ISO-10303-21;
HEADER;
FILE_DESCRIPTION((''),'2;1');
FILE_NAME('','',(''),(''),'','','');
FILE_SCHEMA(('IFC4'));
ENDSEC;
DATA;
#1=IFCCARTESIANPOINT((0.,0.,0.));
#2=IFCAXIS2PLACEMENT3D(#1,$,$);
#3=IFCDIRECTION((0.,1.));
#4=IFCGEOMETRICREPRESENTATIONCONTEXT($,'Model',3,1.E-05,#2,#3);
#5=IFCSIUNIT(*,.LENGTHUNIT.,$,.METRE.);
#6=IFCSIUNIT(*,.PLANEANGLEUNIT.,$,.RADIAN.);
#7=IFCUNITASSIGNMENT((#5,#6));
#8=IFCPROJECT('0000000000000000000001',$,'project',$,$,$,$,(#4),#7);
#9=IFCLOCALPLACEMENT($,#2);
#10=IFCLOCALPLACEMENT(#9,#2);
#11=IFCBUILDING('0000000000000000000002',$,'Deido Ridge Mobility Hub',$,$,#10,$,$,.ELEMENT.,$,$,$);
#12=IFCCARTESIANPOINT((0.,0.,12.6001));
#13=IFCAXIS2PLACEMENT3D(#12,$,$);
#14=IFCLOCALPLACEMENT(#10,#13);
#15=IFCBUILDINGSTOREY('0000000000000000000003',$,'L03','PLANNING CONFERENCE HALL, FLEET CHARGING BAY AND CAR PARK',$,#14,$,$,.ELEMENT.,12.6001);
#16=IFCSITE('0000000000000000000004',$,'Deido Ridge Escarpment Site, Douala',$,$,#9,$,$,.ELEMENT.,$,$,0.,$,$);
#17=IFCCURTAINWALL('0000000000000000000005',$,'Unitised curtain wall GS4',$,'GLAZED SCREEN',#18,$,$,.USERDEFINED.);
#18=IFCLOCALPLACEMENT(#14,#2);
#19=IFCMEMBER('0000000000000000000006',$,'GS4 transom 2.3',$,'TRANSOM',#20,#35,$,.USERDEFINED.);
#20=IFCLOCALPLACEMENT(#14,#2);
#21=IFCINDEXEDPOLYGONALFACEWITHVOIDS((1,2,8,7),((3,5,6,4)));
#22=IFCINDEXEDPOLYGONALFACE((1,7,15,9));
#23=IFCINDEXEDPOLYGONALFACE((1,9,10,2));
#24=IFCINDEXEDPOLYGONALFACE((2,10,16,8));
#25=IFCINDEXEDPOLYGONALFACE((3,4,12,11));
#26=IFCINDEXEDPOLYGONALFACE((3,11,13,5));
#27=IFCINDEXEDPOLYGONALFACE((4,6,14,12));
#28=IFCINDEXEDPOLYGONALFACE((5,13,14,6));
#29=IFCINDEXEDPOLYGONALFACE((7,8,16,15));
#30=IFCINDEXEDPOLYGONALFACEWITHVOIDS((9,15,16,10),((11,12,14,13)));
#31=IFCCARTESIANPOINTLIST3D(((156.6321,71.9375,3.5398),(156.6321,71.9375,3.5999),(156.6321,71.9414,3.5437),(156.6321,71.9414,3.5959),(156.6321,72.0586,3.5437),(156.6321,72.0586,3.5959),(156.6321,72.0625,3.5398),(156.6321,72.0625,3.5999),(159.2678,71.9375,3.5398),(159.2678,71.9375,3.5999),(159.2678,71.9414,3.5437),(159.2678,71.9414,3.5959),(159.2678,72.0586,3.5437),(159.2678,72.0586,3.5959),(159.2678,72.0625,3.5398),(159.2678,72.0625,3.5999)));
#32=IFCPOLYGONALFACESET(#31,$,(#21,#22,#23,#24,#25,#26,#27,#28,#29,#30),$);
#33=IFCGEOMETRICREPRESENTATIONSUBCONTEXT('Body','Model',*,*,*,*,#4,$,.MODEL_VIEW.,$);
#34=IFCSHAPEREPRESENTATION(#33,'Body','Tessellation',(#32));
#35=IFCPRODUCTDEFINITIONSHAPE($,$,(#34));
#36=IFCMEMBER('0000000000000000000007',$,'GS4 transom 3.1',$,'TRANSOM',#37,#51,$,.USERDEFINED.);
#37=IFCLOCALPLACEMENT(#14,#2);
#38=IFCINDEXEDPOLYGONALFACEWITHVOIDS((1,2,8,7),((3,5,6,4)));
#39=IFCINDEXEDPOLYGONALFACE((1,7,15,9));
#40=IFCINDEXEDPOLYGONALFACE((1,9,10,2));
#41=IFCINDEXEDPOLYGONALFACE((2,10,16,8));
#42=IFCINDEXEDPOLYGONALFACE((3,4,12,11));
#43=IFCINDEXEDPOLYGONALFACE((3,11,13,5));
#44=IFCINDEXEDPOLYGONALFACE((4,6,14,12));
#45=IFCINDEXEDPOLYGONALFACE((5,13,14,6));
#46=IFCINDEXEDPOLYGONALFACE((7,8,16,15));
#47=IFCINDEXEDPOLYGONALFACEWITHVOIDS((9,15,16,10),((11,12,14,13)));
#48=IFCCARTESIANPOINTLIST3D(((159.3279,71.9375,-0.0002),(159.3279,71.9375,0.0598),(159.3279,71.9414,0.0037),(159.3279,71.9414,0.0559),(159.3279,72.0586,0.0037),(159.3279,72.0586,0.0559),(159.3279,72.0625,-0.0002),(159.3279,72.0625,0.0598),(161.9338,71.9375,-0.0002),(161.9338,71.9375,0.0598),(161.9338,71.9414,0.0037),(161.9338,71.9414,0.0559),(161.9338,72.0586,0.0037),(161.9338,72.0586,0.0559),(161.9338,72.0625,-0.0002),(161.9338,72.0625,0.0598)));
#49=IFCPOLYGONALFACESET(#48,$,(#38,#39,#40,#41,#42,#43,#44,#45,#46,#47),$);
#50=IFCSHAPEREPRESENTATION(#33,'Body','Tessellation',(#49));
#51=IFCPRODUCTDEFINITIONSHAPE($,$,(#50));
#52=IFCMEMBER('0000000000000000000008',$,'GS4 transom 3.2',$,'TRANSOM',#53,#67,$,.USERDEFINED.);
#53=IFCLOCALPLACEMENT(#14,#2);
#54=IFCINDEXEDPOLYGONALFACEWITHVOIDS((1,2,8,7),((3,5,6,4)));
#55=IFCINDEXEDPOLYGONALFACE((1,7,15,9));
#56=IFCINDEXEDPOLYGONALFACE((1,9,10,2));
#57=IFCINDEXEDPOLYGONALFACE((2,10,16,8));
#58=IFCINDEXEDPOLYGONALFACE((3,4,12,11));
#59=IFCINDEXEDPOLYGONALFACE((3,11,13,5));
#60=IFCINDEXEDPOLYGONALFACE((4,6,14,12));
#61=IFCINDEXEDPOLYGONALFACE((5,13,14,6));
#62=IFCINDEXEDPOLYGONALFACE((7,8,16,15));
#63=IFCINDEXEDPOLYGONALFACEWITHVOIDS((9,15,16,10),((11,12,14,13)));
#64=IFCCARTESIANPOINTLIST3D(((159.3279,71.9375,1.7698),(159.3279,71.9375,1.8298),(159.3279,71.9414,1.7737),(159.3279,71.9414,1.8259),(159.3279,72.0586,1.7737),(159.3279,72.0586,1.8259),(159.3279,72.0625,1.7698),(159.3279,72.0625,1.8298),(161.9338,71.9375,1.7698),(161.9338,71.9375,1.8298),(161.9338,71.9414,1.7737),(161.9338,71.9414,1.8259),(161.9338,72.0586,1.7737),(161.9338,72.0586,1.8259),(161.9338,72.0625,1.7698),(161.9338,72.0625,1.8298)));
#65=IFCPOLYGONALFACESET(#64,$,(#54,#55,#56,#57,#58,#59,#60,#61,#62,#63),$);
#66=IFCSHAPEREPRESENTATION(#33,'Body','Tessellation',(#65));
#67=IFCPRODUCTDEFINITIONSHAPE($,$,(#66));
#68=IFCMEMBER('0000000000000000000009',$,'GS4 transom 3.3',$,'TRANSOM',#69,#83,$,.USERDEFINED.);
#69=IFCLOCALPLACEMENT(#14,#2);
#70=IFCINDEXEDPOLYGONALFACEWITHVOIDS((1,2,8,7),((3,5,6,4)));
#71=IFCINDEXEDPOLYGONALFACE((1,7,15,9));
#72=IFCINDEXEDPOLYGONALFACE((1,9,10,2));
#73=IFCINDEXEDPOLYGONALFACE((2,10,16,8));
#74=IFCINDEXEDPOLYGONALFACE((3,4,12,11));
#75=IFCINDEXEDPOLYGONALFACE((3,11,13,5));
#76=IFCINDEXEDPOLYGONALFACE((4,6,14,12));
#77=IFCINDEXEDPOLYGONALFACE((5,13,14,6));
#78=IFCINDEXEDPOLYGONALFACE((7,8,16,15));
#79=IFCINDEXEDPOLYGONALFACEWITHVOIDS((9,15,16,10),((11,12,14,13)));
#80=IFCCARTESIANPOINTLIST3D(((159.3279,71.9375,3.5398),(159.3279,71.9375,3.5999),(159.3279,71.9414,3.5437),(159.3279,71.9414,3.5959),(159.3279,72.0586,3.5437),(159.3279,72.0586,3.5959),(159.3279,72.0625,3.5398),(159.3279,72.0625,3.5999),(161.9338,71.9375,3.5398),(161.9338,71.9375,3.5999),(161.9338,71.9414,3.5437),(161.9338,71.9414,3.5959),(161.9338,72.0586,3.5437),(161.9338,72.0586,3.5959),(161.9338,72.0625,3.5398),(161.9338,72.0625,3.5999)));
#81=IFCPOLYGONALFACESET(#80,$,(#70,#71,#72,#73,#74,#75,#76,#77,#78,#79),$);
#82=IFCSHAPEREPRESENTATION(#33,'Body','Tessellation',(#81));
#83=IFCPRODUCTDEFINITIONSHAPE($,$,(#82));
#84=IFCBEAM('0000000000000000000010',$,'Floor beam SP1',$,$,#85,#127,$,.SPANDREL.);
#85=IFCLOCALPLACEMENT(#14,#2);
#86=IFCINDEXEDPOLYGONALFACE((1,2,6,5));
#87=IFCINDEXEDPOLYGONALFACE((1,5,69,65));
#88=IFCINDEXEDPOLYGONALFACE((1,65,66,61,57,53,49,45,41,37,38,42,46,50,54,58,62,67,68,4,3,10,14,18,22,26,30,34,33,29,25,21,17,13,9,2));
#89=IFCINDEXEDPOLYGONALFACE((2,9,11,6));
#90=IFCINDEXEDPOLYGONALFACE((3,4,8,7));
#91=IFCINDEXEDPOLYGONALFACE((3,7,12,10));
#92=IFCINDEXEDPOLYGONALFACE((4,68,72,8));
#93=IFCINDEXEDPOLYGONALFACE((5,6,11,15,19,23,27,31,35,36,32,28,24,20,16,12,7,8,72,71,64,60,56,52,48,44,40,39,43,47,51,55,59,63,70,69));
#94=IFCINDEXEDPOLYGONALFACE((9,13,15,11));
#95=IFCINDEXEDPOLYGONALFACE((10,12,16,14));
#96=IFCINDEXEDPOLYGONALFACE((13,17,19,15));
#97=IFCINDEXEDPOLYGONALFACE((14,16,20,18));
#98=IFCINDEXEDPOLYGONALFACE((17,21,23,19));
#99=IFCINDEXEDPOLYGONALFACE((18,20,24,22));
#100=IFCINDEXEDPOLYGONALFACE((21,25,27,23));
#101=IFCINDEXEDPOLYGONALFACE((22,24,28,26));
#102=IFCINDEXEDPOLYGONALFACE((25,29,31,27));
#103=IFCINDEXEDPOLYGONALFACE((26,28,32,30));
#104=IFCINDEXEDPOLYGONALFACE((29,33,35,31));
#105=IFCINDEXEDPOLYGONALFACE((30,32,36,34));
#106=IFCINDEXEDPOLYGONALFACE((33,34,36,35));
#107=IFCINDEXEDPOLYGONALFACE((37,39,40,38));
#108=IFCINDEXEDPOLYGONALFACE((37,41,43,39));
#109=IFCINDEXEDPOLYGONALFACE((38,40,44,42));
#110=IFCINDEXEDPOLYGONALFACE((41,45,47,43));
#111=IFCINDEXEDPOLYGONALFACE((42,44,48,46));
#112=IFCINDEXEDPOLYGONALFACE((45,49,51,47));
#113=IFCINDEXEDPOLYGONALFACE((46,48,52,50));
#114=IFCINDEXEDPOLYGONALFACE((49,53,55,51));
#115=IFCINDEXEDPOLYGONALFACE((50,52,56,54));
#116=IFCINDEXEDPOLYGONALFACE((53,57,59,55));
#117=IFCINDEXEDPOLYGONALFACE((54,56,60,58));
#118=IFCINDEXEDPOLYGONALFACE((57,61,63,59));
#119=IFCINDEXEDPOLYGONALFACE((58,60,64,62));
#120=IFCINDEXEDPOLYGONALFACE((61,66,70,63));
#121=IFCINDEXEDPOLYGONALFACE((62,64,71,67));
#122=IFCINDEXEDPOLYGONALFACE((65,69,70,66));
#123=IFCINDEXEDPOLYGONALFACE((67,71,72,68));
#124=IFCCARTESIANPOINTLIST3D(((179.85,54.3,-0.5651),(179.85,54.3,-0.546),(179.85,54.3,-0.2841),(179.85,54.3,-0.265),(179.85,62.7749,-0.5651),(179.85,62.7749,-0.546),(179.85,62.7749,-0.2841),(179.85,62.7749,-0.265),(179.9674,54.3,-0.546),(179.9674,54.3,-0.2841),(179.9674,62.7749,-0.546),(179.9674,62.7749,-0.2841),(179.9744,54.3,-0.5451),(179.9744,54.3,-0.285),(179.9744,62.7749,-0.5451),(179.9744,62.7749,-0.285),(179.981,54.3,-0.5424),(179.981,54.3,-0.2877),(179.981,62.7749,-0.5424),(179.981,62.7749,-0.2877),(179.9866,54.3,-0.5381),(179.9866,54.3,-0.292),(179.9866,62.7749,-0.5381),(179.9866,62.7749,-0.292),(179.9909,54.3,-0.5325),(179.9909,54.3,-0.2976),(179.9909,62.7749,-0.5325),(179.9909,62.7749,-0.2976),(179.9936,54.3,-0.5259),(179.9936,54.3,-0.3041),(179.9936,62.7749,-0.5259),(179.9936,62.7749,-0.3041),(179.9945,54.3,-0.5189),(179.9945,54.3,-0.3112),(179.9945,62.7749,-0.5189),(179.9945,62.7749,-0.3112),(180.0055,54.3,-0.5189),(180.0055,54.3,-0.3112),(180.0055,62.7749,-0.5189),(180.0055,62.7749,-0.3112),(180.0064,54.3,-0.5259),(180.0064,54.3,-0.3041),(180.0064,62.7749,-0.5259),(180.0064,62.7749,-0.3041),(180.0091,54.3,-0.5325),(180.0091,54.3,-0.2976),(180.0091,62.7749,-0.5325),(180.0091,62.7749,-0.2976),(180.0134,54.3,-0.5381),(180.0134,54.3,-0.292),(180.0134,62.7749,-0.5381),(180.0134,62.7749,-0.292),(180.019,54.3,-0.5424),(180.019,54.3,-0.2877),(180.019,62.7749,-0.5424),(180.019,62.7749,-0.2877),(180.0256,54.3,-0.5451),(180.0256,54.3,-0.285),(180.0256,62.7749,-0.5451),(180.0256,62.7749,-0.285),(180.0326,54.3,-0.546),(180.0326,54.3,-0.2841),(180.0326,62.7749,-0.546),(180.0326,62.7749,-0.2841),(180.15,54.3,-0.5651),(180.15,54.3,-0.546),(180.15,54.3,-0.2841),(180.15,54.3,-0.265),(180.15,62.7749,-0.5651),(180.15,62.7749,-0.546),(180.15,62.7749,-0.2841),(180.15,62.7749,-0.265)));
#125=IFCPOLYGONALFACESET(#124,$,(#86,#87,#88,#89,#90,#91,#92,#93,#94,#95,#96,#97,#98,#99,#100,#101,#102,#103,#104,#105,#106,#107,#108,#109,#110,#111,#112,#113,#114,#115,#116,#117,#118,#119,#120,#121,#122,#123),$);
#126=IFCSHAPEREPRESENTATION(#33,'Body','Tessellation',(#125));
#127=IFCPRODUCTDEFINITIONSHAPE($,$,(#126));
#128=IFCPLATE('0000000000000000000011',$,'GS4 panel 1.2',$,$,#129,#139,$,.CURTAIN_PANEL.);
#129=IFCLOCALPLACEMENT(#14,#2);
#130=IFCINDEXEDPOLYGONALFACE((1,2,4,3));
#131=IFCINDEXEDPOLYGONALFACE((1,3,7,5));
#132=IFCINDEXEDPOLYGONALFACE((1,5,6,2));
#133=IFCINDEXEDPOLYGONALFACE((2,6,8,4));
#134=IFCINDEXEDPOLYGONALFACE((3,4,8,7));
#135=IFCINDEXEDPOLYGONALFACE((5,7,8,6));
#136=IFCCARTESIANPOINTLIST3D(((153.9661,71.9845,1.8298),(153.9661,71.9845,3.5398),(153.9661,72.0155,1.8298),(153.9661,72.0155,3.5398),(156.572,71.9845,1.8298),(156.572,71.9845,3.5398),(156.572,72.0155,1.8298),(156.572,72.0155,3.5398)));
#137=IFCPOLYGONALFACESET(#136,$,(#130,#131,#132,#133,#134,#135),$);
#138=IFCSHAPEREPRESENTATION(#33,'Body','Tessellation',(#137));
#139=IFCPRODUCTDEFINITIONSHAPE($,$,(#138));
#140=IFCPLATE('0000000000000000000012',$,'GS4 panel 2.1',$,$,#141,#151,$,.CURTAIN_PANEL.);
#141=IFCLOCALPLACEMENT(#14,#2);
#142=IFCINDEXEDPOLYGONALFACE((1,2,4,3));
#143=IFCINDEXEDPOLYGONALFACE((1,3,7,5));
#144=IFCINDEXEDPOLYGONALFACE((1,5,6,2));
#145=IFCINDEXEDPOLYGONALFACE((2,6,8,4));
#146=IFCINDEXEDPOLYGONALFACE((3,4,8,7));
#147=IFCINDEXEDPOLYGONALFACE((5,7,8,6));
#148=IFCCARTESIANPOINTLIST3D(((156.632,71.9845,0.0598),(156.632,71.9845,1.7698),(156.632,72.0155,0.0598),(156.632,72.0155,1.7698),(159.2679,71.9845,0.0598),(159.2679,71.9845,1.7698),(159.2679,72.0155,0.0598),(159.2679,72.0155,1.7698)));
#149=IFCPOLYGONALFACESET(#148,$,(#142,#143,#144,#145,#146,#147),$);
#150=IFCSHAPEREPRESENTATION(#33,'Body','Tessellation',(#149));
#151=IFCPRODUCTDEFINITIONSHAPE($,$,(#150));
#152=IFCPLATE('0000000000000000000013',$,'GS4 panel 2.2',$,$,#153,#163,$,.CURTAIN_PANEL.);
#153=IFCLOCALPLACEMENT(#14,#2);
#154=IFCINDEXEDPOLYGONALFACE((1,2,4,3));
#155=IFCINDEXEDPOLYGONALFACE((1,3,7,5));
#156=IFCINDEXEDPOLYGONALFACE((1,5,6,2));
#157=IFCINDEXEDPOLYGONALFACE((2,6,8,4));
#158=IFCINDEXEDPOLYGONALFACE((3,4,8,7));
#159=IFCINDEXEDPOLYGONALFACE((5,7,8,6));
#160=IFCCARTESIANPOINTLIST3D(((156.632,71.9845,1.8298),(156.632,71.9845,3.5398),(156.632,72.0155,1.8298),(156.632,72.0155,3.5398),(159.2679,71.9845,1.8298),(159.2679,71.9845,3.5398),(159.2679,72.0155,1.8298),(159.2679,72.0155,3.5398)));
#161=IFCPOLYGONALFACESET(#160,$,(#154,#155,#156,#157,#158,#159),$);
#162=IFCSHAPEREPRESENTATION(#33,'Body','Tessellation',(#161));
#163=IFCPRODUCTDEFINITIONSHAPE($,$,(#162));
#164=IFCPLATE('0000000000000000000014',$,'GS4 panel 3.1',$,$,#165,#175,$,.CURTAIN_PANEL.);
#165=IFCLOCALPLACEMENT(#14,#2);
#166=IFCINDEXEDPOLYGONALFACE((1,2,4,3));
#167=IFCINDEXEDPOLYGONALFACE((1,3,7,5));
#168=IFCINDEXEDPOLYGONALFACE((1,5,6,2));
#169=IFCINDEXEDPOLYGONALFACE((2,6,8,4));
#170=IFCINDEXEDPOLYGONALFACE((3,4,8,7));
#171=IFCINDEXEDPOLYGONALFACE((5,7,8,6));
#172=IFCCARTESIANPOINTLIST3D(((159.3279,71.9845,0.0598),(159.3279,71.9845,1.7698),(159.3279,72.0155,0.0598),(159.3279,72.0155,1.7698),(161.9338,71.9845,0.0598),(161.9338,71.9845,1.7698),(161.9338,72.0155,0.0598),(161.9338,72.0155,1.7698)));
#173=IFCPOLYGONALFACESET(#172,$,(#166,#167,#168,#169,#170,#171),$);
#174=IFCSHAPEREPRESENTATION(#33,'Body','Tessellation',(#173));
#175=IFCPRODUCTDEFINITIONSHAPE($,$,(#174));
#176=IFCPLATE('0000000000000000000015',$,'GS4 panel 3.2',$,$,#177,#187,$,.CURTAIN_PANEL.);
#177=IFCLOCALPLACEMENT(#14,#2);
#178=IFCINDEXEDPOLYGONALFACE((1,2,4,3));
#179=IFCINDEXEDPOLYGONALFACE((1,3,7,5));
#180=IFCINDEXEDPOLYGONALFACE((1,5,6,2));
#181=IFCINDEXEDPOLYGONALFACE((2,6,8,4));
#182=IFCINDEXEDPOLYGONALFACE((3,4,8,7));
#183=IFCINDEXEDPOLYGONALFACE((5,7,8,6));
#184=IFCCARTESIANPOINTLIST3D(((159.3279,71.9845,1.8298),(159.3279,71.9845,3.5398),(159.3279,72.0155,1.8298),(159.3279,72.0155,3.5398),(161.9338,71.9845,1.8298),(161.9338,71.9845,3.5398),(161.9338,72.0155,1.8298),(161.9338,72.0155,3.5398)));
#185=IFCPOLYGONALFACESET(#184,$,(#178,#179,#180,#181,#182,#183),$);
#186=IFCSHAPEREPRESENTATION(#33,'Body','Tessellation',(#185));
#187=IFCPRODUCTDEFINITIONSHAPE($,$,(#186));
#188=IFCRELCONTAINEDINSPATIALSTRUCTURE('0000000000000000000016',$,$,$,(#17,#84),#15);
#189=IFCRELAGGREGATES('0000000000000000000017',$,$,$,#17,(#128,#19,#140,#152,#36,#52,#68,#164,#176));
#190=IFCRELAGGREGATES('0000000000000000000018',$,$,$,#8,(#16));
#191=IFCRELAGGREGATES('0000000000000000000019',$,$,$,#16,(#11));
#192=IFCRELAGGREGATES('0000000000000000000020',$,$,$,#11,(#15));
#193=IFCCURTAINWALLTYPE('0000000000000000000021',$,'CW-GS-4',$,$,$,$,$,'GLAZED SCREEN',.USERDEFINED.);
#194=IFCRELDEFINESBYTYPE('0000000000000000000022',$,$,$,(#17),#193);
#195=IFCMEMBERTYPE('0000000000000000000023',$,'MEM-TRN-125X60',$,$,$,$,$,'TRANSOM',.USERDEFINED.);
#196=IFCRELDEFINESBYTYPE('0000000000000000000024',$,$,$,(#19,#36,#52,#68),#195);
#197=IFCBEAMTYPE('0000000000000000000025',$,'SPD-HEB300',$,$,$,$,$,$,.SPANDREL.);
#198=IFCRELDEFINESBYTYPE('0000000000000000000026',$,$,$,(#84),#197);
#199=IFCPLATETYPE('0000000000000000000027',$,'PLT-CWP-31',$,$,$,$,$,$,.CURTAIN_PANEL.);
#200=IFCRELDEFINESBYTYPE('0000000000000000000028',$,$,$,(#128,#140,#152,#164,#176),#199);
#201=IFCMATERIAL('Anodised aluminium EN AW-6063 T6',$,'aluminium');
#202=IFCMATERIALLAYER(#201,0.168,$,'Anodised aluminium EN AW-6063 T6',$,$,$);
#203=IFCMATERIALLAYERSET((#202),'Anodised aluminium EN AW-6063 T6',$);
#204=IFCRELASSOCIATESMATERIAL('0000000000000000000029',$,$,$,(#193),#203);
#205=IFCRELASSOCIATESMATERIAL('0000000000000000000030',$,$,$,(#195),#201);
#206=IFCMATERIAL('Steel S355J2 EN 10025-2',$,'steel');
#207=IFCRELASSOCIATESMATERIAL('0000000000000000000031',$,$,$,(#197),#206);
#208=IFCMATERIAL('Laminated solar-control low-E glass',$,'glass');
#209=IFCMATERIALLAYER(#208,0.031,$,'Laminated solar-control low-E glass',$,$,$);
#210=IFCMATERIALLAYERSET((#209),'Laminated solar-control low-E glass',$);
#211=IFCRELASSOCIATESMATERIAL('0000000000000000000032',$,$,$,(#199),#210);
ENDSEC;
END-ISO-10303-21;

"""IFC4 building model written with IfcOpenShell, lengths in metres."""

from ifc_helpers import new_model, si_unit, direction, frame, origin, origin_2d, place, context, subcontext, project, spatial, rectangle, hollow_rectangle, i_section, extrude, material, layer, layer_set, material_profile, profile_set, type_object, element, aggregate, save


model = new_model("IFC4")

# Units and contexts
model_context = context("Model", 3, precision=1e-05, world=origin(), true_north=direction((0.0, 1.0)))
body_context = subcontext(model_context, "Body", "Model", "MODEL_VIEW")
ifc_project = project(units=[si_unit("LENGTHUNIT", "METRE"), si_unit("PLANEANGLEUNIT", "RADIAN")], contexts=[model_context])

# Site, building, storey
site_placement = place(None, origin())
site = spatial("IfcSite", under=ifc_project, at=site_placement, Name="Deido Ridge Escarpment Site, Douala", CompositionType="ELEMENT", RefElevation=0.0)
building_placement = place(site_placement, origin())
building = spatial("IfcBuilding", under=site, at=building_placement, Name="Deido Ridge Mobility Hub", CompositionType="ELEMENT")
storey_placement = place(building_placement, frame((0.0, 0.0, 12.6001)))
storey = spatial("IfcBuildingStorey", under=building, at=storey_placement, Name="L03", Description="PLANNING CONFERENCE HALL, FLEET CHARGING BAY AND CAR PARK", CompositionType="ELEMENT", Elevation=12.6001)

# Shared definitions
ifc_material_1 = material(Name="Steel S355J2 EN 10025-2", Category="steel")

# Curtain wall, members
ifc_material_2 = material(Name="Anodised aluminium EN AW-6063 T6", Category="aluminium")
ifc_layer_1 = layer(ifc_material_2, 0.168, Name="Anodised aluminium EN AW-6063 T6")
ifc_layer_set_1 = layer_set([ifc_layer_1], Name="Anodised aluminium EN AW-6063 T6")
curtain_wall_type = type_object("IfcCurtainWallType", Name="CW-GS-4", ElementType="GLAZED SCREEN", PredefinedType="USERDEFINED", material=ifc_layer_set_1)
curtain_wall_placement = place(storey_placement, origin())
curtain_wall = element("IfcCurtainWall", 1, at=curtain_wall_placement, inside=storey, type_object=curtain_wall_type, Name="Unitised curtain wall GS4", ObjectType="GLAZED SCREEN", PredefinedType="USERDEFINED")
ifc_material_profile_1 = material_profile(ifc_material_2, hollow_rectangle(XDim=0.125, YDim=0.0601, WallThickness=0.0039, at=origin_2d()), Name="RHS 125x60x4")
ifc_profile_set_1 = profile_set([ifc_material_profile_1], Name="Anodised aluminium EN AW-6063 T6")
member_type_1 = type_object("IfcMemberType", Name="MEM-TRN-125X60", ElementType="TRANSOM", PredefinedType="USERDEFINED", material=ifc_profile_set_1)
member_1_placement = place(storey_placement, frame((156.6321, 72.0, 3.5698), z_axis=(1.0, 0.0, 0.0), x_axis=(0.0, 1.0, 0.0)))
member_1 = element("IfcMember", 2, at=member_1_placement, type_object=member_type_1, Name="GS4 transom 2.3", ObjectType="TRANSOM", PredefinedType="USERDEFINED", context=body_context, shape_type="SweptSolid", body=[
    extrude(hollow_rectangle(XDim=0.125, YDim=0.0601, WallThickness=0.0039, at=origin_2d()), origin(), (0.0, 0.0, 1.0), 2.6357),
])
member_2_placement = place(storey_placement, frame((159.3279, 72.0, 0.0298), z_axis=(1.0, 0.0, 0.0), x_axis=(0.0, 1.0, 0.0)))
member_2 = element("IfcMember", 3, at=member_2_placement, type_object=member_type_1, Name="GS4 transom 3.1", ObjectType="TRANSOM", PredefinedType="USERDEFINED", context=body_context, shape_type="SweptSolid", body=[
    extrude(hollow_rectangle(XDim=0.125, YDim=0.0601, WallThickness=0.0039, at=origin_2d()), origin(), (0.0, 0.0, 1.0), 2.606),
])
member_3_placement = place(storey_placement, frame((159.3279, 72.0, 1.7998), z_axis=(1.0, 0.0, 0.0), x_axis=(0.0, 1.0, 0.0)))
member_3 = element("IfcMember", 4, at=member_3_placement, type_object=member_type_1, Name="GS4 transom 3.2", ObjectType="TRANSOM", PredefinedType="USERDEFINED", context=body_context, shape_type="SweptSolid", body=[
    extrude(hollow_rectangle(XDim=0.125, YDim=0.0601, WallThickness=0.0039, at=origin_2d()), origin(), (0.0, 0.0, 1.0), 2.606),
])
member_4_placement = place(storey_placement, frame((159.3279, 72.0, 3.5698), z_axis=(1.0, 0.0, 0.0), x_axis=(0.0, 1.0, 0.0)))
member_4 = element("IfcMember", 5, at=member_4_placement, type_object=member_type_1, Name="GS4 transom 3.3", ObjectType="TRANSOM", PredefinedType="USERDEFINED", context=body_context, shape_type="SweptSolid", body=[
    extrude(hollow_rectangle(XDim=0.125, YDim=0.0601, WallThickness=0.0039, at=origin_2d()), origin(), (0.0, 0.0, 1.0), 2.606),
])

# Beam
ifc_material_profile_2 = material_profile(ifc_material_1, i_section(OverallWidth=0.3, OverallDepth=0.3, WebThickness=0.011, FlangeThickness=0.019, FilletRadius=0.0271, at=origin_2d()), Name="HEB 300")
ifc_profile_set_2 = profile_set([ifc_material_profile_2], Name="Steel S355J2 EN 10025-2")
beam_type_1 = type_object("IfcBeamType", Name="SPD-HEB300", PredefinedType="SPANDREL", material=ifc_profile_set_2)
beam_1_placement = place(storey_placement, frame((180.0, 54.3, -0.415), z_axis=(0.0, 1.0, 0.0), x_axis=(-1.0, 0.0, 0.0)))
element("IfcBeam", 6, at=beam_1_placement, inside=storey, type_object=beam_type_1, Name="Floor beam SP1", PredefinedType="SPANDREL", context=body_context, shape_type="SweptSolid", body=[
    extrude(i_section(OverallWidth=0.3, OverallDepth=0.3, WebThickness=0.011, FlangeThickness=0.019, FilletRadius=0.0271, at=origin_2d()), origin(), (0.0, 0.0, 1.0), 8.4749),
])

# Plates
ifc_material_3 = material(Name="Laminated solar-control low-E glass", Category="glass")
ifc_layer_2 = layer(ifc_material_3, 0.031, Name="Laminated solar-control low-E glass")
ifc_layer_set_2 = layer_set([ifc_layer_2], Name="Laminated solar-control low-E glass")
plate_type = type_object("IfcPlateType", Name="PLT-CWP-31", PredefinedType="CURTAIN_PANEL", material=ifc_layer_set_2)
plate_1_placement = place(storey_placement, frame((155.269, 72.0, 1.8298), z_axis=(0.0, 0.0, 1.0), x_axis=(1.0, 0.0, 0.0)))
plate_1 = element("IfcPlate", 7, at=plate_1_placement, type_object=plate_type, Name="GS4 panel 1.2", PredefinedType="CURTAIN_PANEL", context=body_context, shape_type="SweptSolid", body=[
    extrude(rectangle(XDim=2.606, YDim=0.031, at=origin_2d()), origin(), (0.0, 0.0, 1.0), 1.71),
])
plate_2_placement = place(storey_placement, frame((157.95, 72.0, 0.0598), z_axis=(0.0, 0.0, 1.0), x_axis=(1.0, 0.0, 0.0)))
plate_2 = element("IfcPlate", 8, at=plate_2_placement, type_object=plate_type, Name="GS4 panel 2.1", PredefinedType="CURTAIN_PANEL", context=body_context, shape_type="SweptSolid", body=[
    extrude(rectangle(XDim=2.636, YDim=0.031, at=origin_2d()), origin(), (0.0, 0.0, 1.0), 1.71),
])
plate_3_placement = place(storey_placement, frame((157.95, 72.0, 1.8298), z_axis=(0.0, 0.0, 1.0), x_axis=(1.0, 0.0, 0.0)))
plate_3 = element("IfcPlate", 9, at=plate_3_placement, type_object=plate_type, Name="GS4 panel 2.2", PredefinedType="CURTAIN_PANEL", context=body_context, shape_type="SweptSolid", body=[
    extrude(rectangle(XDim=2.636, YDim=0.031, at=origin_2d()), origin(), (0.0, 0.0, 1.0), 1.71),
])
plate_4_placement = place(storey_placement, frame((160.6309, 72.0, 0.0598), z_axis=(0.0, 0.0, 1.0), x_axis=(1.0, 0.0, 0.0)))
plate_4 = element("IfcPlate", 10, at=plate_4_placement, type_object=plate_type, Name="GS4 panel 3.1", PredefinedType="CURTAIN_PANEL", context=body_context, shape_type="SweptSolid", body=[
    extrude(rectangle(XDim=2.606, YDim=0.031, at=origin_2d()), origin(), (0.0, 0.0, 1.0), 1.71),
])
plate_5_placement = place(storey_placement, frame((160.6309, 72.0, 1.8298), z_axis=(0.0, 0.0, 1.0), x_axis=(1.0, 0.0, 0.0)))
plate_5 = element("IfcPlate", 11, at=plate_5_placement, type_object=plate_type, Name="GS4 panel 3.2", PredefinedType="CURTAIN_PANEL", context=body_context, shape_type="SweptSolid", body=[
    extrude(rectangle(XDim=2.606, YDim=0.031, at=origin_2d()), origin(), (0.0, 0.0, 1.0), 1.71),
])
aggregate(curtain_wall, [plate_1, member_1, plate_2, plate_3, member_2, member_3, member_4, plate_4, plate_5])

save(model, "model.ifc")
